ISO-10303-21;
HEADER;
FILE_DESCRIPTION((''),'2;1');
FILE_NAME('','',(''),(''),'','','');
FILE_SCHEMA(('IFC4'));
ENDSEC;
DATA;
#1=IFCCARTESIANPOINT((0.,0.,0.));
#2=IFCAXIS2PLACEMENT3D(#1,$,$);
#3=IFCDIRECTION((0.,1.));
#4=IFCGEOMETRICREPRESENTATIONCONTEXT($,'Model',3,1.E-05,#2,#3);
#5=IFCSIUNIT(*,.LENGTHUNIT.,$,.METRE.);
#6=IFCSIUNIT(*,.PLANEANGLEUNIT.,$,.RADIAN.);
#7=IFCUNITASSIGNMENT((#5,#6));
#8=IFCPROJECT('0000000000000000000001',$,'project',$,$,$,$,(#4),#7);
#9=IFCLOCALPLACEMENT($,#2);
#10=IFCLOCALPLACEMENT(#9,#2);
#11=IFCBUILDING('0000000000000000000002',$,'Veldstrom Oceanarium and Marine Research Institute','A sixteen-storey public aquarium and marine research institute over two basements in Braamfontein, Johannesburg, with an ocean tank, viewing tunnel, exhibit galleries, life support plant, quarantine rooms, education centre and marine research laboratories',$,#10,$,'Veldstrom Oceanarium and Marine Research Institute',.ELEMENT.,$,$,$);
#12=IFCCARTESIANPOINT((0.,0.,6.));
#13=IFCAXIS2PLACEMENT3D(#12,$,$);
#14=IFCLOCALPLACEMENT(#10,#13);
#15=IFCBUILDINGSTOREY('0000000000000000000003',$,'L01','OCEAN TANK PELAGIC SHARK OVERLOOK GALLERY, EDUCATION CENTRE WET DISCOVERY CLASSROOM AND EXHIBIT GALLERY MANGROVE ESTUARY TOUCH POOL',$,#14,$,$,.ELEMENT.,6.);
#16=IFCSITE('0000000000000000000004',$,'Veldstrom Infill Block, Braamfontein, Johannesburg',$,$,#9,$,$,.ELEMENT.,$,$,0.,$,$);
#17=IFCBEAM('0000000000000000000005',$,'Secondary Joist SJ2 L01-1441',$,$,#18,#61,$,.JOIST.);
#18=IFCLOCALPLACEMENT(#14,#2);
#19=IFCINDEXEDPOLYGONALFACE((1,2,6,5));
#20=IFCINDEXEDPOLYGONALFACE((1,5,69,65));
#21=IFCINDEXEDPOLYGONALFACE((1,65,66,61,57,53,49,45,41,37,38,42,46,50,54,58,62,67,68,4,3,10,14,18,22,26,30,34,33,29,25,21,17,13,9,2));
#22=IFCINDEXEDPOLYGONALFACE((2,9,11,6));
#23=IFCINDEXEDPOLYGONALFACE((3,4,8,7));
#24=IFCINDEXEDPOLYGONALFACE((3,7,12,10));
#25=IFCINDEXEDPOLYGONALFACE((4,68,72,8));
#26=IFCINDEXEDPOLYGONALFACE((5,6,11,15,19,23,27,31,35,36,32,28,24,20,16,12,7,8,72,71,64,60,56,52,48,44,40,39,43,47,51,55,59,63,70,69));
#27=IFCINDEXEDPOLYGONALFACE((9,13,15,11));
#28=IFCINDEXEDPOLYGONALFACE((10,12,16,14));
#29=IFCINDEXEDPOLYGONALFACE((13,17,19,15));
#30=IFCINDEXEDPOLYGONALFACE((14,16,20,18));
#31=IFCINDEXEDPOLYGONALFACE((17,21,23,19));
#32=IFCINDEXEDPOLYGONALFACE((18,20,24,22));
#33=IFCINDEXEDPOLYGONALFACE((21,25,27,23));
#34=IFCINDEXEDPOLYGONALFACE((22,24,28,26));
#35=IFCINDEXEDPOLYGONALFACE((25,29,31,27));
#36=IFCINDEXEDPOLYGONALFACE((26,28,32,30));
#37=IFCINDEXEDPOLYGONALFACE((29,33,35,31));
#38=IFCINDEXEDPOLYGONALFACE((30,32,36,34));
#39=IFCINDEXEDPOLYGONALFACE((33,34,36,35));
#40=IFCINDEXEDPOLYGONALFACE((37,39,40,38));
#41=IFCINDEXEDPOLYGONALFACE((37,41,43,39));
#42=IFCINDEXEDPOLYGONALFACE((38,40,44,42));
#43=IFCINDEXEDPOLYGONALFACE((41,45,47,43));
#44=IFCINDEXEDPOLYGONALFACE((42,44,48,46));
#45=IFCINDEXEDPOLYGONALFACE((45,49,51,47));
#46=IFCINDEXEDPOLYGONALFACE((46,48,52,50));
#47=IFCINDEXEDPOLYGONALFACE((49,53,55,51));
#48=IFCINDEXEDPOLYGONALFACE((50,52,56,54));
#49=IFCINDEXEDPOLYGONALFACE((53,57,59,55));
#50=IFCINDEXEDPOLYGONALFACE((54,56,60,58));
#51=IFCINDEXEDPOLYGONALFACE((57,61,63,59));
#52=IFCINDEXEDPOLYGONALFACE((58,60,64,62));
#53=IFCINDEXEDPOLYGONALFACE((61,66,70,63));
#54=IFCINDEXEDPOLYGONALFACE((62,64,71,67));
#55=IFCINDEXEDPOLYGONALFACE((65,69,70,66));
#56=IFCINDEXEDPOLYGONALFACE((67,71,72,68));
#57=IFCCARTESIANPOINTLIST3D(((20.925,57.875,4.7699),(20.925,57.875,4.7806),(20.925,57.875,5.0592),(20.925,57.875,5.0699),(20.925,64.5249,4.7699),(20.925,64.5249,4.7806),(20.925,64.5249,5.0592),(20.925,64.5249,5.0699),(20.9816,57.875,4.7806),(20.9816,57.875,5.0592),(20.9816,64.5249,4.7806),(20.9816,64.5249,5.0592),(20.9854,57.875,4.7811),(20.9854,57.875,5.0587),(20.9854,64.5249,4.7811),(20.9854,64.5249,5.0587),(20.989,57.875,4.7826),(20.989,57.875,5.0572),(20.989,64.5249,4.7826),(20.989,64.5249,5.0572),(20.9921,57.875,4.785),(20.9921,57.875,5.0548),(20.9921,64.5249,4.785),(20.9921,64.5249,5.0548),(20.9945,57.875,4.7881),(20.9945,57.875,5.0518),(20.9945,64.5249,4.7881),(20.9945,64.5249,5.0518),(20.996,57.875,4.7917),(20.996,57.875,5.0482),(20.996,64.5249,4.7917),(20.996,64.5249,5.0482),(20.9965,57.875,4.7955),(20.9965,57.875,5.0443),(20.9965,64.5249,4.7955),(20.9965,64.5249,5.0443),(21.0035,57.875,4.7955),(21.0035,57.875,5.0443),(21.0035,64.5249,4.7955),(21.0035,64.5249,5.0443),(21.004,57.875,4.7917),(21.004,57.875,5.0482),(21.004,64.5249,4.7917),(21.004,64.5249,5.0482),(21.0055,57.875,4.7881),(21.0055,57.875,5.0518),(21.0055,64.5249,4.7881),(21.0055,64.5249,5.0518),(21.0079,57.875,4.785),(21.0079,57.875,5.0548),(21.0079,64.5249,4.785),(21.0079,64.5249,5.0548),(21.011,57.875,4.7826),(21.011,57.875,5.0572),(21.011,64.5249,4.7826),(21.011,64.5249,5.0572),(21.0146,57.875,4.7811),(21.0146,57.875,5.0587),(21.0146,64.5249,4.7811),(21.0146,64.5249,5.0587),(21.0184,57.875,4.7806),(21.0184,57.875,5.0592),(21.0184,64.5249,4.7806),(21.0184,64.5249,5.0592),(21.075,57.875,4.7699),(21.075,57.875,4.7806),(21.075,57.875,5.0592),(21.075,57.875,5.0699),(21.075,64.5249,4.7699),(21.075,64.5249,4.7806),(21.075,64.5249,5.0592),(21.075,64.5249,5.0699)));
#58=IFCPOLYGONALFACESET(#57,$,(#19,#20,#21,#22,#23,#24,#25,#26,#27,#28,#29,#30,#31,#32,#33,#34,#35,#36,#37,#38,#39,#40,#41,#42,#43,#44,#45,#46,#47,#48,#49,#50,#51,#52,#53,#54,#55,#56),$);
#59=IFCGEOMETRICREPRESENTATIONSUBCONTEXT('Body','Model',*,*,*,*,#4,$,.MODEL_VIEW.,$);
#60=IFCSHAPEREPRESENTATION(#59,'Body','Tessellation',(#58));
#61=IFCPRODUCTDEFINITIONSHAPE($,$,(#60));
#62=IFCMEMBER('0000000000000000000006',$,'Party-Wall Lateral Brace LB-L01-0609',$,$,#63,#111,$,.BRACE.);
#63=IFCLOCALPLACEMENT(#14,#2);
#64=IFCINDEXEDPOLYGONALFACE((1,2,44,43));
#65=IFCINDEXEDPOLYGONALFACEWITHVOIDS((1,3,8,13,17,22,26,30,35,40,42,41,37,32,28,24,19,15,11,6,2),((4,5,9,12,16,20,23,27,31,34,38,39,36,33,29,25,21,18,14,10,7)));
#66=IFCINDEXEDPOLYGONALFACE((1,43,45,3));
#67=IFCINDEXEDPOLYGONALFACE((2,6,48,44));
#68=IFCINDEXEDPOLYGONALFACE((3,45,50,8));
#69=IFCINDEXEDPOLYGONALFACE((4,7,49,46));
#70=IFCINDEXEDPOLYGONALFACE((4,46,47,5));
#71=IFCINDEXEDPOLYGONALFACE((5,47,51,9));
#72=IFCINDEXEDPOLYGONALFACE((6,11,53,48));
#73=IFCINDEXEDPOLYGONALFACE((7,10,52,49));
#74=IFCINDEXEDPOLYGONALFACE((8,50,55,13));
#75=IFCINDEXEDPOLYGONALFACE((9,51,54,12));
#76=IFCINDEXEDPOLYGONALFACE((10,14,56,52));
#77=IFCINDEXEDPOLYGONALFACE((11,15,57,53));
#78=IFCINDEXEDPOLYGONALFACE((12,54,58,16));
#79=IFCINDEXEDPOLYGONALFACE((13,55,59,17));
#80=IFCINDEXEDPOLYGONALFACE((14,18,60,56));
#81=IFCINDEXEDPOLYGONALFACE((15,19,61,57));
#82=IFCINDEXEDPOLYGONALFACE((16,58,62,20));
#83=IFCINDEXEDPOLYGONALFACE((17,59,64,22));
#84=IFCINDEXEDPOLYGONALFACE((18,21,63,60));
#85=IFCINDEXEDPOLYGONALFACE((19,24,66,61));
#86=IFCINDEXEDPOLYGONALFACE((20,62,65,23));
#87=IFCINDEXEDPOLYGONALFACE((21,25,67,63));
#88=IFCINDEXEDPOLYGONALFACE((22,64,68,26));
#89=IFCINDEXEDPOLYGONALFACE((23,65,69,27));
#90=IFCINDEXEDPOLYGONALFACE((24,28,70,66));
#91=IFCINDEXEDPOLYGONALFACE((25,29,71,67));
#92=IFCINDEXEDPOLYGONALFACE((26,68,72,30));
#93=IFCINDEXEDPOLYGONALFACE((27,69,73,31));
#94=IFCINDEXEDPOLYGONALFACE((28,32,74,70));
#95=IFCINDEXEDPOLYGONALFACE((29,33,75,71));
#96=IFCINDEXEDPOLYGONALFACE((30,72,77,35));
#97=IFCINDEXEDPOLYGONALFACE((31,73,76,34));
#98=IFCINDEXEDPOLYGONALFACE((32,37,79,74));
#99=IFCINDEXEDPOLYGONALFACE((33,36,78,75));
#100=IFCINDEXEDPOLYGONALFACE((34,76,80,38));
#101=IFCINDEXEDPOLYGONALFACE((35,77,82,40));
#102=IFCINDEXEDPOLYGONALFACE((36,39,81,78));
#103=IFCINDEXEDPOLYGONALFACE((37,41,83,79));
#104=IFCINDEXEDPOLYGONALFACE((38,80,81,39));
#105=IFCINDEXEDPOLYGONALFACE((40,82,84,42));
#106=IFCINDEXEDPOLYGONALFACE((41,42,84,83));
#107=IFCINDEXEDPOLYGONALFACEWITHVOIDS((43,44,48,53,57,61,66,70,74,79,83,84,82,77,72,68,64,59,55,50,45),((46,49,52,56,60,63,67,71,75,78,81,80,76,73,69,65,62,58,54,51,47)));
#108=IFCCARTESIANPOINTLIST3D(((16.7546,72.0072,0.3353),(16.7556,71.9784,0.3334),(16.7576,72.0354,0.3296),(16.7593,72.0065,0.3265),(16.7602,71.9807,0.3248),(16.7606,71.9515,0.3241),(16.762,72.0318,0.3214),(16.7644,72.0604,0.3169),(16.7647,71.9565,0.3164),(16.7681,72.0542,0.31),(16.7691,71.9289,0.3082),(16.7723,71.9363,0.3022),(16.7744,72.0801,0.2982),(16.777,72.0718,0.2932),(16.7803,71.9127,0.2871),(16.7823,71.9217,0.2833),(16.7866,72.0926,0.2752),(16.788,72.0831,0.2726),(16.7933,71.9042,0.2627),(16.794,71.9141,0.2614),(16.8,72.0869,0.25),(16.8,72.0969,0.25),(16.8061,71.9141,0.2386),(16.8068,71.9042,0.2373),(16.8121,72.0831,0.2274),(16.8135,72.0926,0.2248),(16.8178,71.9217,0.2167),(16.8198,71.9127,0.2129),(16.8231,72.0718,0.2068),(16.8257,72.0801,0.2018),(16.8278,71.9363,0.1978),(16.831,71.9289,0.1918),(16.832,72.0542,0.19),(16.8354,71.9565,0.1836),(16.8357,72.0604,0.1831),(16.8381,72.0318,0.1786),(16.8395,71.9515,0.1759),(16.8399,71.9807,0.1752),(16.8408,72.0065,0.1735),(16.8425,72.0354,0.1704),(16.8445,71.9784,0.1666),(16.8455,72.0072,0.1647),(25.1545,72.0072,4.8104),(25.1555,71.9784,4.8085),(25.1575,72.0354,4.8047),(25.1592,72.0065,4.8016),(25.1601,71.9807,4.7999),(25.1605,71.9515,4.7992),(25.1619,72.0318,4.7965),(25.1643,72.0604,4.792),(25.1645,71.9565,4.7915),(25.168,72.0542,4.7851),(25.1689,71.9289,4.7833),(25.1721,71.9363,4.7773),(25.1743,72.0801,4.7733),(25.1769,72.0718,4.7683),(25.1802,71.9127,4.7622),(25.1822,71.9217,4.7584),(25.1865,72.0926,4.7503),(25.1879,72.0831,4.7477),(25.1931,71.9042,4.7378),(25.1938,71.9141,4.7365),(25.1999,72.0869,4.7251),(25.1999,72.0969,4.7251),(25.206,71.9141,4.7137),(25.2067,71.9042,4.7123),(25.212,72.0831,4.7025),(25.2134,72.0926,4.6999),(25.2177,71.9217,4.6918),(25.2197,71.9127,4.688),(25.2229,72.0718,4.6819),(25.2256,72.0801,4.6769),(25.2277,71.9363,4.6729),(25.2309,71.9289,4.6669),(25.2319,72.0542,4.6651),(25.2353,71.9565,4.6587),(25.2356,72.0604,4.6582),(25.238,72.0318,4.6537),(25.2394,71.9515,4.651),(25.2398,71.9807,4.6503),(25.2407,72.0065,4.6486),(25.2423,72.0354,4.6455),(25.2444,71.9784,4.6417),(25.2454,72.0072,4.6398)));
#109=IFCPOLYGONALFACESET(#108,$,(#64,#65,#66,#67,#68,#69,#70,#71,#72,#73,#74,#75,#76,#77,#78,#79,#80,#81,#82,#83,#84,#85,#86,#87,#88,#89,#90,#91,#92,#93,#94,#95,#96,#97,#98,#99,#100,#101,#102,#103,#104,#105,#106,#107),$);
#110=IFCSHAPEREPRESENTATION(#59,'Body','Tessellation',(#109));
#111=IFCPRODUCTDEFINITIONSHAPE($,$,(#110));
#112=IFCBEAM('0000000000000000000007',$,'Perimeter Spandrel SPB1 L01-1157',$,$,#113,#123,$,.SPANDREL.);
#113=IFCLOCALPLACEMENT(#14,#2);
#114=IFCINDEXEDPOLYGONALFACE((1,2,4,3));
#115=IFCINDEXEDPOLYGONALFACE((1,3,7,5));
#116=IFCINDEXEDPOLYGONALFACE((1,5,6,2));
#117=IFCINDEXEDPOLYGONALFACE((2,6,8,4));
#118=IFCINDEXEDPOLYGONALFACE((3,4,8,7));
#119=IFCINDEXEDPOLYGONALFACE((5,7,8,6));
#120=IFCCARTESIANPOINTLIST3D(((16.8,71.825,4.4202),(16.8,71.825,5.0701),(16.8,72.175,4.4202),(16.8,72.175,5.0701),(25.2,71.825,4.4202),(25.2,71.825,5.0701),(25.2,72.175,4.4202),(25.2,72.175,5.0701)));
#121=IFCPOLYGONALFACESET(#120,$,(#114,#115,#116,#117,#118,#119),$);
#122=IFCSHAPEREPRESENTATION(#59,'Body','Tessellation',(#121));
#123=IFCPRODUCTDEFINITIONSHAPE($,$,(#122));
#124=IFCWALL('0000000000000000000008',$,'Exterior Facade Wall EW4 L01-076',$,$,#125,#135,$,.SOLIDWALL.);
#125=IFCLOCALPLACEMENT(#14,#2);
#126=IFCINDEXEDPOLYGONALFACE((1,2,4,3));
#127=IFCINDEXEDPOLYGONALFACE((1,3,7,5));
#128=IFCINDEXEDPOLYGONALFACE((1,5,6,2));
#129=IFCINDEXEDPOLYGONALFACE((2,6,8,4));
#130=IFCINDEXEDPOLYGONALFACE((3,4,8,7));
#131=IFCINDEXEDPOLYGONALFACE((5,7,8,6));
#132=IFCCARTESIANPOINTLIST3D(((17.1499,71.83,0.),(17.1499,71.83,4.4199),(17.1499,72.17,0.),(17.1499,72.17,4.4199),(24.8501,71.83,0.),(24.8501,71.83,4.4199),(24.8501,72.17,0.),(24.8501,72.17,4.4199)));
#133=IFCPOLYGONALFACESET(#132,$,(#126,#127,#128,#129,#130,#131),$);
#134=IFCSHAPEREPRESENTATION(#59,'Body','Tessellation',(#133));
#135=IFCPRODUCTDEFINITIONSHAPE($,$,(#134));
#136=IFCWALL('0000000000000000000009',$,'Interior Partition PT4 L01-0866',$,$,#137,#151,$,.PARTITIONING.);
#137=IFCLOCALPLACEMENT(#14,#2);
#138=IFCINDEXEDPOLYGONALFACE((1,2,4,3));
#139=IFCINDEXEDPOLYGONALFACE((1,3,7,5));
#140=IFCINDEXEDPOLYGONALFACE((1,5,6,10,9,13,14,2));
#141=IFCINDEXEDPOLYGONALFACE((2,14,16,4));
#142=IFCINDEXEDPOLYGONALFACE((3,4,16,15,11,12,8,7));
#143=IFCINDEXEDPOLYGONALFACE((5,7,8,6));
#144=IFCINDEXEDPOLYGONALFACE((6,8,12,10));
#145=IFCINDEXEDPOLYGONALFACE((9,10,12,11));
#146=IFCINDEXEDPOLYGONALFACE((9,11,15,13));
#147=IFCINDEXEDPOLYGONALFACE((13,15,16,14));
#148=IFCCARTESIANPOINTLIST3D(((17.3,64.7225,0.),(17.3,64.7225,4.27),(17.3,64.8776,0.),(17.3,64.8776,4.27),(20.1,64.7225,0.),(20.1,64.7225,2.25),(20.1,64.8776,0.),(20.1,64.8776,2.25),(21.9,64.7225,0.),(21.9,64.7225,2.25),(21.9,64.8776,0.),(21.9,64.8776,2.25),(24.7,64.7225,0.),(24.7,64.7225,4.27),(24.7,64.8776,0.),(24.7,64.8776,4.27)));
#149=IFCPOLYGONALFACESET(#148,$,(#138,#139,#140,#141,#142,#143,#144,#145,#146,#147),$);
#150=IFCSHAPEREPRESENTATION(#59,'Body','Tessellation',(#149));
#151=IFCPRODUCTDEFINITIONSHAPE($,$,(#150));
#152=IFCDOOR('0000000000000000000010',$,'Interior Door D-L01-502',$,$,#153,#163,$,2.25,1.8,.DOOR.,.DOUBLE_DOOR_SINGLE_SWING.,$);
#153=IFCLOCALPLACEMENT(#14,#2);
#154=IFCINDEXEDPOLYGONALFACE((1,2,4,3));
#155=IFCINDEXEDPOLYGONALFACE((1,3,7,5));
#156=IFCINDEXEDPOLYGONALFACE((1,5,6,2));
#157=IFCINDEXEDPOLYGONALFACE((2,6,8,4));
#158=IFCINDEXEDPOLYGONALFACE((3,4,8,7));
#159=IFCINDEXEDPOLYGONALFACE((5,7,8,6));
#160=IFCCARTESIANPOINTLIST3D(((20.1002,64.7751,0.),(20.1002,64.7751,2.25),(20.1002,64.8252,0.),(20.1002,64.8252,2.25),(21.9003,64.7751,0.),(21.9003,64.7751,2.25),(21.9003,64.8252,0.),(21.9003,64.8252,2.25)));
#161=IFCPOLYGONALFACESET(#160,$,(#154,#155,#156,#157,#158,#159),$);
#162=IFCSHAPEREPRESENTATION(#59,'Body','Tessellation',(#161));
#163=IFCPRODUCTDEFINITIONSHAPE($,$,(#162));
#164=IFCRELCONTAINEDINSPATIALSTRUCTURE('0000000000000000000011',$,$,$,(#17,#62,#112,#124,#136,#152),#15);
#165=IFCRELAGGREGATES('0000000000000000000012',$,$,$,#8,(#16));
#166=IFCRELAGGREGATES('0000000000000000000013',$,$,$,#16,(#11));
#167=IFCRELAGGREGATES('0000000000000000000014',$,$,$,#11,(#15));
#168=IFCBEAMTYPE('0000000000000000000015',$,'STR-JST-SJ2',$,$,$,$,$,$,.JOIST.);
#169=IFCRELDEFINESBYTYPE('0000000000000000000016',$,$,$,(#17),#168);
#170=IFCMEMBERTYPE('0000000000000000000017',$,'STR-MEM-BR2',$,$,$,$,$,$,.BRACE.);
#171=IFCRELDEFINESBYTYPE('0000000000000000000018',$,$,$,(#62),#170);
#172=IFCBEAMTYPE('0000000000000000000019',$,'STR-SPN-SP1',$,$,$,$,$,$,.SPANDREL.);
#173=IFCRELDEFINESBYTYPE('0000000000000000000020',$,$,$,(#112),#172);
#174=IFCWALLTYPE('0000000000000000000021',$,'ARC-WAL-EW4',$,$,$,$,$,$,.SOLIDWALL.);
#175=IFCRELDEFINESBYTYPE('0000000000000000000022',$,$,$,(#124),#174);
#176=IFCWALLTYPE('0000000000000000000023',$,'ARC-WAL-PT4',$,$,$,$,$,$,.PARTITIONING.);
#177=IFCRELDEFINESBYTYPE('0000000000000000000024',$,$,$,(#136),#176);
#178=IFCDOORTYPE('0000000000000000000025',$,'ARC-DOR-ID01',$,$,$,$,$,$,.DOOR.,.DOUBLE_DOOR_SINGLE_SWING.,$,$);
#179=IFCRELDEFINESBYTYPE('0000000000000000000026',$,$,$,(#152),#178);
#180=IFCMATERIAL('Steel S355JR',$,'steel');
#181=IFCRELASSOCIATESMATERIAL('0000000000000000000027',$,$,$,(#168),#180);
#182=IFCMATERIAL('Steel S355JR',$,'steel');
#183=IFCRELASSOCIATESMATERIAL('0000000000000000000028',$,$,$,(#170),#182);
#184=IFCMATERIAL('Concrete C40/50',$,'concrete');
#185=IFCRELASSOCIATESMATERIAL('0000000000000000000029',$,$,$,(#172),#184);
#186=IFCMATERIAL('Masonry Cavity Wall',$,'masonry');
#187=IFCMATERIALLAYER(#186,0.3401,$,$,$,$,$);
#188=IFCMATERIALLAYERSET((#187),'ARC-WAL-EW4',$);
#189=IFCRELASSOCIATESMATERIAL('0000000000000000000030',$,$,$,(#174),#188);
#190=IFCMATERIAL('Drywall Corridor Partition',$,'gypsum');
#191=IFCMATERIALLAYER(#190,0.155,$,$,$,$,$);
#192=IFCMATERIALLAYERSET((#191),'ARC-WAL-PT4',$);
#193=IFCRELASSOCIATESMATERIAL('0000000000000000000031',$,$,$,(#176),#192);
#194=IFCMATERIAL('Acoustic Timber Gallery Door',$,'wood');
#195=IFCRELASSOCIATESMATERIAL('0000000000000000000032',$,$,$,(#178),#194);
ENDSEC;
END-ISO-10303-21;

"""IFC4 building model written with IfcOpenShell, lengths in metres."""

from ifc_helpers import new_model, si_unit, direction, frame, frame_2d, origin, origin_2d, place, context, subcontext, project, spatial, rectangle, hollow_circle, i_section, extrude, material, layer, layer_set, material_profile, profile_set, type_object, element, fill, save


model = new_model("IFC4")

# Units and contexts
model_context = context("Model", 3, precision=1e-05, world=origin(), true_north=direction((0.0, 1.0)))
body_context = subcontext(model_context, "Body", "Model", "MODEL_VIEW")
ifc_project = project(units=[si_unit("LENGTHUNIT", "METRE"), si_unit("PLANEANGLEUNIT", "RADIAN")], contexts=[model_context])

# Site, building, storey
site_placement = place(None, origin())
site = spatial("IfcSite", under=ifc_project, at=site_placement, Name="Veldstrom Infill Block, Braamfontein, Johannesburg", CompositionType="ELEMENT", RefElevation=0.0)
building_placement = place(site_placement, origin())
building = spatial("IfcBuilding", under=site, at=building_placement, Name="Veldstrom Oceanarium and Marine Research Institute", Description="A sixteen-storey public aquarium and marine research institute over two basements in Braamfontein, Johannesburg, with an ocean tank, viewing tunnel, exhibit galleries, life support plant, quarantine rooms, education centre and marine research laboratories", LongName="Veldstrom Oceanarium and Marine Research Institute", CompositionType="ELEMENT")
storey_placement = place(building_placement, frame((0.0, 0.0, 6.0)))
storey = spatial("IfcBuildingStorey", under=building, at=storey_placement, Name="L01", Description="OCEAN TANK PELAGIC SHARK OVERLOOK GALLERY, EDUCATION CENTRE WET DISCOVERY CLASSROOM AND EXHIBIT GALLERY MANGROVE ESTUARY TOUCH POOL", CompositionType="ELEMENT", Elevation=6.0)

# Beam
ifc_material_1 = material(Name="Steel S355JR", Category="steel")
ifc_material_profile_1 = material_profile(ifc_material_1, i_section(OverallWidth=0.1499, OverallDepth=0.3, WebThickness=0.0071, FlangeThickness=0.0107, FilletRadius=0.0149, at=origin_2d()), Name="IPE 300")
ifc_profile_set_1 = profile_set([ifc_material_profile_1], Name="Steel S355JR")
beam_type_1 = type_object("IfcBeamType", Name="STR-JST-SJ2", PredefinedType="JOIST", material=ifc_profile_set_1)
beam_1_placement = place(storey_placement, frame((21.0, 57.875, 4.9199), z_axis=(0.0, 1.0, 0.0), x_axis=(-1.0, 0.0, 0.0)))
element("IfcBeam", 1, at=beam_1_placement, inside=storey, type_object=beam_type_1, Name="Secondary Joist SJ2 L01-1441", PredefinedType="JOIST", context=body_context, shape_type="SweptSolid", body=[
    extrude(i_section(OverallWidth=0.1499, OverallDepth=0.3, WebThickness=0.0071, FlangeThickness=0.0107, FilletRadius=0.0149, at=origin_2d()), origin(), (0.0, 0.0, 1.0), 6.6499),
])

# Member
ifc_material_2 = material(Name="Steel S355JR", Category="steel")
ifc_material_profile_2 = material_profile(ifc_material_2, hollow_circle(Radius=0.0969, WallThickness=0.01, at=origin_2d()), Name="CHS 193.7x10")
ifc_profile_set_2 = profile_set([ifc_material_profile_2], Name="Steel S355JR")
member_type = type_object("IfcMemberType", Name="STR-MEM-BR2", PredefinedType="BRACE", material=ifc_profile_set_2)
member_placement = place(storey_placement, frame((16.8, 72.0, 0.25), z_axis=(0.882564, 0.0, 0.470191), x_axis=(0.0, 1.0, 0.0)))
element("IfcMember", 2, at=member_placement, inside=storey, type_object=member_type, Name="Party-Wall Lateral Brace LB-L01-0609", PredefinedType="BRACE", context=body_context, shape_type="SweptSolid", body=[
    extrude(hollow_circle(Radius=0.0969, WallThickness=0.01, at=origin_2d()), origin(), (0.0, 0.0, 1.0), 9.5176),
])

# Beam
ifc_material_3 = material(Name="Concrete C40/50", Category="concrete")
ifc_material_profile_3 = material_profile(ifc_material_3, rectangle(XDim=0.3501, YDim=0.6499, at=origin_2d()), Name="RC-SPN-350x650")
ifc_profile_set_3 = profile_set([ifc_material_profile_3], Name="Concrete C40/50")
beam_type_2 = type_object("IfcBeamType", Name="STR-SPN-SP1", PredefinedType="SPANDREL", material=ifc_profile_set_3)
beam_2_placement = place(storey_placement, frame((16.8, 72.0, 4.7451), z_axis=(1.0, 0.0, 0.0), x_axis=(0.0, 1.0, 0.0)))
element("IfcBeam", 3, at=beam_2_placement, inside=storey, type_object=beam_type_2, Name="Perimeter Spandrel SPB1 L01-1157", PredefinedType="SPANDREL", context=body_context, shape_type="SweptSolid", body=[
    extrude(rectangle(XDim=0.3501, YDim=0.6499, at=origin_2d()), origin(), (0.0, 0.0, 1.0), 8.3999),
])

# Wall
ifc_material_4 = material(Name="Masonry Cavity Wall", Category="masonry")
ifc_layer_1 = layer(ifc_material_4, 0.3401)
ifc_layer_set_1 = layer_set([ifc_layer_1], Name="ARC-WAL-EW4")
wall_type_1 = type_object("IfcWallType", Name="ARC-WAL-EW4", PredefinedType="SOLIDWALL", material=ifc_layer_set_1)
wall_1_placement = place(storey_placement, frame((17.1499, 72.0, 0.0), z_axis=(0.0, 0.0, 1.0), x_axis=(1.0, 0.0, 0.0)))
element("IfcWall", 4, at=wall_1_placement, inside=storey, type_object=wall_type_1, Name="Exterior Facade Wall EW4 L01-076", PredefinedType="SOLIDWALL", context=body_context, shape_type="SweptSolid", body=[
    extrude(rectangle(XDim=7.7002, YDim=0.3401, at=frame_2d((3.8501, 0.0))), origin(), (0.0, 0.0, 1.0), 4.4199),
])

# Wall, opening, door
ifc_material_5 = material(Name="Drywall Corridor Partition", Category="gypsum")
ifc_layer_2 = layer(ifc_material_5, 0.155)
ifc_layer_set_2 = layer_set([ifc_layer_2], Name="ARC-WAL-PT4")
wall_type_2 = type_object("IfcWallType", Name="ARC-WAL-PT4", PredefinedType="PARTITIONING", material=ifc_layer_set_2)
wall_2_placement = place(storey_placement, frame((17.3, 64.8, 0.0), z_axis=(0.0, 0.0, 1.0), x_axis=(1.0, 0.0, 0.0)))
wall_2 = element("IfcWall", 5, at=wall_2_placement, inside=storey, type_object=wall_type_2, Name="Interior Partition PT4 L01-0866", PredefinedType="PARTITIONING", context=body_context, shape_type="SweptSolid", body=[
    extrude(rectangle(XDim=7.3999, YDim=0.155, at=frame_2d((3.7, 0.0))), origin(), (0.0, 0.0, 1.0), 4.27),
])
opening_1_placement = place(wall_2_placement, frame((2.8, 0.0, 0.0)))
opening_1 = element("IfcOpeningElement", 6, at=opening_1_placement, cuts=wall_2, PredefinedType="OPENING", context=body_context, shape_type="SweptSolid", body=[
    extrude(rectangle(XDim=1.8, YDim=2.25, at=frame_2d((0.8999, 1.125))), frame((0.0, 0.0874, 0.0), z_axis=(0.0, -1.0, 0.0), x_axis=(1.0, 0.0, 0.0)), (0.0, 0.0, 1.0), 0.175),
])
ifc_material_6 = material(Name="Acoustic Timber Gallery Door", Category="wood")
door_type_1 = type_object("IfcDoorType", Name="ARC-DOR-ID01", OperationType="DOUBLE_DOOR_SINGLE_SWING", PredefinedType="DOOR", material=ifc_material_6)
door_1_placement = place(opening_1_placement, frame((1.8, 0.0, 0.0), z_axis=(0.0, 0.0, 1.0), x_axis=(-1.0, 0.0, 0.0)))
door_1 = element("IfcDoor", 7, at=door_1_placement, inside=storey, type_object=door_type_1, Name="Interior Door D-L01-502", OperationType="DOUBLE_DOOR_SINGLE_SWING", OverallHeight=2.25, OverallWidth=1.8, PredefinedType="DOOR", context=body_context, shape_type="SweptSolid", body=[
    extrude(rectangle(XDim=1.8, YDim=2.25, at=frame_2d((0.8999, 1.125))), frame((0.0, 0.0249, 0.0), z_axis=(0.0, -1.0, 0.0), x_axis=(1.0, 0.0, 0.0)), (0.0, 0.0, 1.0), 0.05),
])
fill(opening_1, door_1)

save(model, "model.ifc")
